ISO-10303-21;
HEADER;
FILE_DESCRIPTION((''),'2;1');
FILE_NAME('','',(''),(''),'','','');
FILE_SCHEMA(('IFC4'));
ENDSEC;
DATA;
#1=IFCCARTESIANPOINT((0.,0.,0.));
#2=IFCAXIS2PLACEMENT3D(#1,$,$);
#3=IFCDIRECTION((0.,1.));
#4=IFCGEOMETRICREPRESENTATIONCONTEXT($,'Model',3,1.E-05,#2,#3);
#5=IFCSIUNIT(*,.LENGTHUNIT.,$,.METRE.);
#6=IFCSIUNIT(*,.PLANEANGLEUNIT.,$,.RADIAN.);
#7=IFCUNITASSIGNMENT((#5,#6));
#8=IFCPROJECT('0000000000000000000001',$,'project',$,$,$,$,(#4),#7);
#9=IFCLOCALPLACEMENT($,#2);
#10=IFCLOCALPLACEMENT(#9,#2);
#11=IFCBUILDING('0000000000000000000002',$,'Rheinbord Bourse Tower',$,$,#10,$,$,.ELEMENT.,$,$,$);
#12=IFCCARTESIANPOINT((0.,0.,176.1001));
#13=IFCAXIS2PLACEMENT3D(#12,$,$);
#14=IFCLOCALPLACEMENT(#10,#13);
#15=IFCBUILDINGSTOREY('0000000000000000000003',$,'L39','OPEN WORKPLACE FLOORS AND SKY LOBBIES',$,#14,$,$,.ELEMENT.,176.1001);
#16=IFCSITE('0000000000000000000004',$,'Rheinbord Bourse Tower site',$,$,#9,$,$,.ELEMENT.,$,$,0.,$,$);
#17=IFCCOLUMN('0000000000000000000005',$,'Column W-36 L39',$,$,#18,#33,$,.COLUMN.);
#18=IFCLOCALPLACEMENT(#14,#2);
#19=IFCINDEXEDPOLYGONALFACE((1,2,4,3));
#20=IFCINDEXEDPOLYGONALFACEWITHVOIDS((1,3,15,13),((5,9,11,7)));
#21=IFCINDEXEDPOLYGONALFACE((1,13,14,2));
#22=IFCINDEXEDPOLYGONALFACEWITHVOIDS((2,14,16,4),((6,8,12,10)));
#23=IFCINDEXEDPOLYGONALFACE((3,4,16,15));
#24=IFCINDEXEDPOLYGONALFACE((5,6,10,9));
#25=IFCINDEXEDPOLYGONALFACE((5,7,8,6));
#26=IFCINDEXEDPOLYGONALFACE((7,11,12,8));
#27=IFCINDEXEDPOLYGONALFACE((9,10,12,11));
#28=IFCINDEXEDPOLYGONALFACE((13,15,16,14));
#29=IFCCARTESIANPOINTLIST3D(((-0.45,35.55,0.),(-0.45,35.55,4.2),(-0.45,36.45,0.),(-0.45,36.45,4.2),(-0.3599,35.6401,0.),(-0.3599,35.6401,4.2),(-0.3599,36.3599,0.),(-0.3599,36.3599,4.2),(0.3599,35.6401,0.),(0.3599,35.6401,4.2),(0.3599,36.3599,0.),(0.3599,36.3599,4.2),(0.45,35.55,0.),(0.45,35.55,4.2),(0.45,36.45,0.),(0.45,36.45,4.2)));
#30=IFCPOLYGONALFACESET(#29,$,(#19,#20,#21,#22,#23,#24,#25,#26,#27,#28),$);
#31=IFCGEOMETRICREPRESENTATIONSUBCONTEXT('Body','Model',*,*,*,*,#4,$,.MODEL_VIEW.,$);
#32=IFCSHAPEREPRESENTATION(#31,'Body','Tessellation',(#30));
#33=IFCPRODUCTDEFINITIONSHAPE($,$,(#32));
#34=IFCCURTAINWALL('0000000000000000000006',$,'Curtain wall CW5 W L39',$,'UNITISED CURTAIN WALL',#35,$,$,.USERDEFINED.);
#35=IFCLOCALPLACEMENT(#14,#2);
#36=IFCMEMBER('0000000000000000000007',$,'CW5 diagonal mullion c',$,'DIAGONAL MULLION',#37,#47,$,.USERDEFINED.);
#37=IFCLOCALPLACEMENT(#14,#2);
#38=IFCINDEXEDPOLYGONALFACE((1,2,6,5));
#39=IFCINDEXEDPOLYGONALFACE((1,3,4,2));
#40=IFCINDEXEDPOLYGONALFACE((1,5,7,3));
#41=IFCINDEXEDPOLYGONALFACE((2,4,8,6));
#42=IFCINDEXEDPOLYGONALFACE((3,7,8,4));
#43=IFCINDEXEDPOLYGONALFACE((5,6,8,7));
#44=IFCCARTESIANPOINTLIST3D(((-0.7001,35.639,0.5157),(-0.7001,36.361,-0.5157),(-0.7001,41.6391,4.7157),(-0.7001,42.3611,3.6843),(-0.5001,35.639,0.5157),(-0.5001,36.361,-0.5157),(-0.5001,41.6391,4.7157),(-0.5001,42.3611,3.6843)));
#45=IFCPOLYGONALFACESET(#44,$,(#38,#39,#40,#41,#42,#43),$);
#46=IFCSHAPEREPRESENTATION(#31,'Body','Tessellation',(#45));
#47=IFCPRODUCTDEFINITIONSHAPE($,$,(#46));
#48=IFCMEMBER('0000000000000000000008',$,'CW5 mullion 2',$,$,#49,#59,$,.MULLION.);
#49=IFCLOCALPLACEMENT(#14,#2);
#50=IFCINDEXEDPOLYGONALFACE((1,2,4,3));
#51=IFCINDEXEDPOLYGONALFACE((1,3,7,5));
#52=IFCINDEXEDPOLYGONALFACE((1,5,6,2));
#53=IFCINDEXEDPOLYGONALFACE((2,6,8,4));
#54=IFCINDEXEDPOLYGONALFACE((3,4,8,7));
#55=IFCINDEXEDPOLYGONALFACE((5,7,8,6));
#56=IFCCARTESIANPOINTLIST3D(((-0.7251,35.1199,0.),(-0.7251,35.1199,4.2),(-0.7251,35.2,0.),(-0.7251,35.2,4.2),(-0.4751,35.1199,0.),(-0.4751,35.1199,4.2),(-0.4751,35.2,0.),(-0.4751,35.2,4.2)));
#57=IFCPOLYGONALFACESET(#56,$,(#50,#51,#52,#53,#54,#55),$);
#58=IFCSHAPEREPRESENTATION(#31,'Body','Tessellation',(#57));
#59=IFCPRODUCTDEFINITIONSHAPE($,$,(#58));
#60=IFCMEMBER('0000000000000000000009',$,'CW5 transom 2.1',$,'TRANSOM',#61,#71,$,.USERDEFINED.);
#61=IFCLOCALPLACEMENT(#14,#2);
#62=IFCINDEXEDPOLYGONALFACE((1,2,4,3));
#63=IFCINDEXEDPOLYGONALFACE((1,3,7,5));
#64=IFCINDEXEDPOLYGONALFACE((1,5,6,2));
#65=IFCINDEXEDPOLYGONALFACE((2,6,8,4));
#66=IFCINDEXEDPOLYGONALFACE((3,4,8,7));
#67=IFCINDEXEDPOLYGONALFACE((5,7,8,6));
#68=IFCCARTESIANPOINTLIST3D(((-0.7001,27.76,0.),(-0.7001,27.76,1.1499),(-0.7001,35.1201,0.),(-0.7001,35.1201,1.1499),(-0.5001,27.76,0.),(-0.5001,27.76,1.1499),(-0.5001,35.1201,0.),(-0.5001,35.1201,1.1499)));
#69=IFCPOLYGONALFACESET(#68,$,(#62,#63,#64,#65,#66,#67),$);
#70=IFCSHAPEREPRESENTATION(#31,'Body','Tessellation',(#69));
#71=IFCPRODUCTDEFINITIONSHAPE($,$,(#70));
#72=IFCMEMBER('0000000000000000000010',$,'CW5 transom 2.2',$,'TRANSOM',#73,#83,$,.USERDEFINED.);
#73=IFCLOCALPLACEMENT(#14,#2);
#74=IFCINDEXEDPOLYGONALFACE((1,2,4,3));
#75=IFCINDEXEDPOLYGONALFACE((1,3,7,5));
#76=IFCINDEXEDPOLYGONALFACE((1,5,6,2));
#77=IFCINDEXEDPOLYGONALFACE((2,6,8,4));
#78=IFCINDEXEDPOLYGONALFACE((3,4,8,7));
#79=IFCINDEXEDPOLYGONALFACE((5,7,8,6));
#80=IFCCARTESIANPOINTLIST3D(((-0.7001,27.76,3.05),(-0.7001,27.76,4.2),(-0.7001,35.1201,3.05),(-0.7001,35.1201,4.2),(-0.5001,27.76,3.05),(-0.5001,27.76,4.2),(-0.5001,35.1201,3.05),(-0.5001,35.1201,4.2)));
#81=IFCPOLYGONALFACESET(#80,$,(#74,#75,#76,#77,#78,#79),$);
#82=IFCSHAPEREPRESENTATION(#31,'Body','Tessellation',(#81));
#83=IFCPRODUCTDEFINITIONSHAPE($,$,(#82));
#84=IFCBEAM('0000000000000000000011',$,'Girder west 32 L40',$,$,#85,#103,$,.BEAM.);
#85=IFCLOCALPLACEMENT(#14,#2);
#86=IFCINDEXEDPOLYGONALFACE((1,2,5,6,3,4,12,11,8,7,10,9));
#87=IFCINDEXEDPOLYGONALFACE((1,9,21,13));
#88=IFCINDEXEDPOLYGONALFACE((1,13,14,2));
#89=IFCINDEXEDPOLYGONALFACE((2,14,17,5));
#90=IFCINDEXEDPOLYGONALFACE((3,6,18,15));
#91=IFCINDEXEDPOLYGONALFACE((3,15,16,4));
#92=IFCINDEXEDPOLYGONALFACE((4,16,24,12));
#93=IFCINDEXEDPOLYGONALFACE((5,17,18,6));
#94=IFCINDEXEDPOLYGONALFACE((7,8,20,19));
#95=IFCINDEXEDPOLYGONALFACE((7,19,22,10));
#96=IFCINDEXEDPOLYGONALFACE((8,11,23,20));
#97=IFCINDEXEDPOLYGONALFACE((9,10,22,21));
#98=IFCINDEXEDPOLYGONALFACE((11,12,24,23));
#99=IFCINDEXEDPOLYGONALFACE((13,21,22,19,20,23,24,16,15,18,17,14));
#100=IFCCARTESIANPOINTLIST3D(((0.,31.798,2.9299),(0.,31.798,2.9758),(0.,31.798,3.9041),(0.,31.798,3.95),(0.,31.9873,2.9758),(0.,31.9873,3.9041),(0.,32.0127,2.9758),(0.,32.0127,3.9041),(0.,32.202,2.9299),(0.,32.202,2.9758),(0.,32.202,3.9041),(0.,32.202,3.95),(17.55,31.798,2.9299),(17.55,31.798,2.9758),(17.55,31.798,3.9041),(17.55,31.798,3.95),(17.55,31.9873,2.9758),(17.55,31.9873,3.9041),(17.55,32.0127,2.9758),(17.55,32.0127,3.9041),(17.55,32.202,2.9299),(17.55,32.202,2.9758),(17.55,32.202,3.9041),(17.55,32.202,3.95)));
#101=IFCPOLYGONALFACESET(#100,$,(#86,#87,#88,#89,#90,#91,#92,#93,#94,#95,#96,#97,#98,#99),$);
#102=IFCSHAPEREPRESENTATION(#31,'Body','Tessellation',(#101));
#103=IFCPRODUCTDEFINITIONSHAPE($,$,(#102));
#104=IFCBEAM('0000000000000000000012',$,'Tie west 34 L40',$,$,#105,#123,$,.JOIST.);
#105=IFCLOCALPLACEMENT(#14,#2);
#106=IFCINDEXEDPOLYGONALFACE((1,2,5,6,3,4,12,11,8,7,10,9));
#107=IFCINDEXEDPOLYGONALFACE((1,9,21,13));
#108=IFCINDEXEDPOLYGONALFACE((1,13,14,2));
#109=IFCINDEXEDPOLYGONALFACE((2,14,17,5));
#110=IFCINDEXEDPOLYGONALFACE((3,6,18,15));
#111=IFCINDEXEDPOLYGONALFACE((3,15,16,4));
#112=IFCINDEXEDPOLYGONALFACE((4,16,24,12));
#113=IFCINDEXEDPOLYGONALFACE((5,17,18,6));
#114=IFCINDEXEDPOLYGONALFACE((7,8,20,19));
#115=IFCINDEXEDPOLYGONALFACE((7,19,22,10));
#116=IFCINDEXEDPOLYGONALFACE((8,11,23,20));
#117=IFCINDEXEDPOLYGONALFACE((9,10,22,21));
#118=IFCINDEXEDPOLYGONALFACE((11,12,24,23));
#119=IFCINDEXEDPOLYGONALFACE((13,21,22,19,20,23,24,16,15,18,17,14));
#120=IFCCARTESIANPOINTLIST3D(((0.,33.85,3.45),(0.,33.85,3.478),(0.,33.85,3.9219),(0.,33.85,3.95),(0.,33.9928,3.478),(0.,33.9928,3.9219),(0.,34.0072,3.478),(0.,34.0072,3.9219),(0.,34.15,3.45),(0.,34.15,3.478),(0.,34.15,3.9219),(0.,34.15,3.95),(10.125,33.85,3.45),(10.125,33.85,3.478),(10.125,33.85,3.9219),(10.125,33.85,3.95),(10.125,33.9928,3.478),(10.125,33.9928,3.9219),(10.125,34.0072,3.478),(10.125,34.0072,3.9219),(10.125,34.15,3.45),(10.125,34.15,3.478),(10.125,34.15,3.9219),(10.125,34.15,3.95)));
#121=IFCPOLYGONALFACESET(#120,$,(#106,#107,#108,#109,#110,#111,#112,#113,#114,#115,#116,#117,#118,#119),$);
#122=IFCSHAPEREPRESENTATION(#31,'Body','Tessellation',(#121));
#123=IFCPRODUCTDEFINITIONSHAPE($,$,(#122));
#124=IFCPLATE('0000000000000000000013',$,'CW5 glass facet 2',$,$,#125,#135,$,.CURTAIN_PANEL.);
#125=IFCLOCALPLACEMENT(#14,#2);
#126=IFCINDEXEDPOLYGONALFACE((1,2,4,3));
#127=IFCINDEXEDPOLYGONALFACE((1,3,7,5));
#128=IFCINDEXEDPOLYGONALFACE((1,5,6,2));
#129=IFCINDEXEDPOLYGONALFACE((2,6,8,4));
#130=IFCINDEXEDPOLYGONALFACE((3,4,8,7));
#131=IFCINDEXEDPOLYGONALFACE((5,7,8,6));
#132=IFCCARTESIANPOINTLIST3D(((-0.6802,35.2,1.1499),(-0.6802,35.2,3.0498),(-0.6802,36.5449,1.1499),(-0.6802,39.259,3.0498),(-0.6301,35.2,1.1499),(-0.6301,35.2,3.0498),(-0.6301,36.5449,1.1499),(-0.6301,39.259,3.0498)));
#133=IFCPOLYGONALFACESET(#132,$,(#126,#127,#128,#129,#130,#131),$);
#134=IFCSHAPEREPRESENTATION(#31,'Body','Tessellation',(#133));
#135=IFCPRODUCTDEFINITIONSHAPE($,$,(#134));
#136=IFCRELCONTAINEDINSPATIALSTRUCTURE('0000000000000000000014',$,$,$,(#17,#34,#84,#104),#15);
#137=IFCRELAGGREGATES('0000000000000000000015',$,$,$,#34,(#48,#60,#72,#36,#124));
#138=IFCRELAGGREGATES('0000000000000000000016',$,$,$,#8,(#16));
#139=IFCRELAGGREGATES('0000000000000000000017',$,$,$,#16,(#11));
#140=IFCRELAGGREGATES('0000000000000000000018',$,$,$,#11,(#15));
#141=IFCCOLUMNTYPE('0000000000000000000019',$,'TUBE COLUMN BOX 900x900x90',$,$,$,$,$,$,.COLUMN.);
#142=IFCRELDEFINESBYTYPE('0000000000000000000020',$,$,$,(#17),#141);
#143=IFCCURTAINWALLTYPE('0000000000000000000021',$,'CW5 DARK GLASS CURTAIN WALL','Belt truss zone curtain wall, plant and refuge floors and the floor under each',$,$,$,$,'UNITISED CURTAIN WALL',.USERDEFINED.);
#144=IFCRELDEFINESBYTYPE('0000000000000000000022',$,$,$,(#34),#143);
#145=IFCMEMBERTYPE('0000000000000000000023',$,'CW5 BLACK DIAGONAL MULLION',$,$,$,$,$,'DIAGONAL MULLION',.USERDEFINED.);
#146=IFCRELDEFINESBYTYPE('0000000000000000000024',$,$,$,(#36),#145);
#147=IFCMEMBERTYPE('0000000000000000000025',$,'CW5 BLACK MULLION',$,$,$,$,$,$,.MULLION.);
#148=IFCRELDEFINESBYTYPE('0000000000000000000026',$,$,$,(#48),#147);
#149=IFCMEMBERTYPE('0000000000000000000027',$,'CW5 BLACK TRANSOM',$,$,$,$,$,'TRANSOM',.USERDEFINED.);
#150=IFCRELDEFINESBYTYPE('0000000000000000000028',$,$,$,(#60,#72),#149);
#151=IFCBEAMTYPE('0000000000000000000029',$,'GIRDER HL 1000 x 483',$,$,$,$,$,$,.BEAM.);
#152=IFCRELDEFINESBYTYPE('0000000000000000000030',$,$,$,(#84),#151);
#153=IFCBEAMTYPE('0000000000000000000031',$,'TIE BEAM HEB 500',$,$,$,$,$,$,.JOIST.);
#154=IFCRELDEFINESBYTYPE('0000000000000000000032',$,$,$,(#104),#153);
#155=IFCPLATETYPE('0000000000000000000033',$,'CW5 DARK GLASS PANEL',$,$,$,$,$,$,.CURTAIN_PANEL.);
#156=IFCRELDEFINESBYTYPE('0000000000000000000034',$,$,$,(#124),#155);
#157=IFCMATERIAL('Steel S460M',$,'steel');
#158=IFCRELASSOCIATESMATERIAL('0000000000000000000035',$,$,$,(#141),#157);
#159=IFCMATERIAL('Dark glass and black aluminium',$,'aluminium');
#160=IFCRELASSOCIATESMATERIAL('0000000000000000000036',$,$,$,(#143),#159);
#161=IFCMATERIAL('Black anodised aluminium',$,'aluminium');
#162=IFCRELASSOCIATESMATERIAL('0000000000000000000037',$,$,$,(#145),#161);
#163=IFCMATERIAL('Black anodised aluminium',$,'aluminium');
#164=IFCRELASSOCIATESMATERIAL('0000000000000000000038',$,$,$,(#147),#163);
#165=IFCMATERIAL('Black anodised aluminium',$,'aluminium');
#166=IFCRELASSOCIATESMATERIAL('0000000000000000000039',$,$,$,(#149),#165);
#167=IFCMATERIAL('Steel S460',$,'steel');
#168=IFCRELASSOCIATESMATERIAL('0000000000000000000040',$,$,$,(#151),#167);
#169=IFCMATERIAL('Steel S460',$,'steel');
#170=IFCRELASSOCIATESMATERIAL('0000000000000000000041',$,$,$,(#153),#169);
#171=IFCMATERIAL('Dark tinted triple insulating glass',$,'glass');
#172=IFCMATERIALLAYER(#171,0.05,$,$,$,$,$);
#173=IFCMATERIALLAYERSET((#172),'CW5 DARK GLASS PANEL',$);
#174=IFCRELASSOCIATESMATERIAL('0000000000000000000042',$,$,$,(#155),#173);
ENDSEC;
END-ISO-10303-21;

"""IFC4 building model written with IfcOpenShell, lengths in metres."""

from ifc_helpers import new_model, si_unit, direction, frame, origin, origin_2d, place, context, subcontext, project, spatial, polyline, rectangle, hollow_rectangle, i_section, outline, extrude, material, layer, layer_set, material_profile, profile_set, type_object, element, aggregate, save


model = new_model("IFC4")

# Units and contexts
model_context = context("Model", 3, precision=1e-05, world=origin(), true_north=direction((0.0, 1.0)))
body_context = subcontext(model_context, "Body", "Model", "MODEL_VIEW")
ifc_project = project(units=[si_unit("LENGTHUNIT", "METRE"), si_unit("PLANEANGLEUNIT", "RADIAN")], contexts=[model_context])

# Site, building, storey
site_placement = place(None, origin())
site = spatial("IfcSite", under=ifc_project, at=site_placement, Name="Rheinbord Bourse Tower site", CompositionType="ELEMENT", RefElevation=0.0)
building_placement = place(site_placement, origin())
building = spatial("IfcBuilding", under=site, at=building_placement, Name="Rheinbord Bourse Tower", CompositionType="ELEMENT")
storey_placement = place(building_placement, frame((0.0, 0.0, 176.1001)))
storey = spatial("IfcBuildingStorey", under=building, at=storey_placement, Name="L39", Description="OPEN WORKPLACE FLOORS AND SKY LOBBIES", CompositionType="ELEMENT", Elevation=176.1001)

# Column
ifc_material_1 = material(Name="Steel S460M", Category="steel")
ifc_material_profile_1 = material_profile(ifc_material_1, hollow_rectangle(XDim=0.8999, YDim=0.8999, WallThickness=0.0901, at=origin_2d()), Name="BOX 900x900x90")
ifc_profile_set_1 = profile_set([ifc_material_profile_1], Name="Steel S460M")
column_type = type_object("IfcColumnType", Name="TUBE COLUMN BOX 900x900x90", PredefinedType="COLUMN", material=ifc_profile_set_1)
column_placement = place(storey_placement, frame((0.0, 36.0, 0.0), z_axis=(0.0, 0.0, 1.0), x_axis=(1.0, 0.0, 0.0)))
element("IfcColumn", 1, at=column_placement, inside=storey, type_object=column_type, Name="Column W-36 L39", PredefinedType="COLUMN", context=body_context, shape_type="SweptSolid", body=[
    extrude(hollow_rectangle(XDim=0.8999, YDim=0.8999, WallThickness=0.0901, at=origin_2d()), origin(), (0.0, 0.0, 1.0), 4.2),
])

# Curtain wall, members
ifc_material_2 = material(Name="Dark glass and black aluminium", Category="aluminium")
curtain_wall_type = type_object("IfcCurtainWallType", Name="CW5 DARK GLASS CURTAIN WALL", Description="Belt truss zone curtain wall, plant and refuge floors and the floor under each", ElementType="UNITISED CURTAIN WALL", PredefinedType="USERDEFINED", material=ifc_material_2)
curtain_wall_placement = place(storey_placement, origin())
curtain_wall = element("IfcCurtainWall", 2, at=curtain_wall_placement, inside=storey, type_object=curtain_wall_type, Name="Curtain wall CW5 W L39", ObjectType="UNITISED CURTAIN WALL", PredefinedType="USERDEFINED")
ifc_material_3 = material(Name="Black anodised aluminium", Category="aluminium")
ifc_material_profile_2 = material_profile(ifc_material_3, rectangle(XDim=0.2, YDim=1.259, at=origin_2d()), Name="CW5 DIAGONAL MULLION 1259x200")
ifc_profile_set_2 = profile_set([ifc_material_profile_2], Name="Black anodised aluminium")
member_type_1 = type_object("IfcMemberType", Name="CW5 BLACK DIAGONAL MULLION", ElementType="DIAGONAL MULLION", PredefinedType="USERDEFINED", material=ifc_profile_set_2)
member_1_placement = place(storey_placement, frame((-0.6001, 36.0, 0.0), z_axis=(0.0, 0.819235, 0.573458), x_axis=(-1.0, 0.0, 0.0)))
member_1 = element("IfcMember", 3, at=member_1_placement, type_object=member_type_1, Name="CW5 diagonal mullion c", ObjectType="DIAGONAL MULLION", PredefinedType="USERDEFINED", context=body_context, shape_type="SweptSolid", body=[
    extrude(rectangle(XDim=0.2, YDim=1.259, at=origin_2d()), origin(), (0.0, 0.0, 1.0), 7.324),
])
ifc_material_4 = material(Name="Black anodised aluminium", Category="aluminium")
ifc_material_profile_3 = material_profile(ifc_material_4, rectangle(XDim=0.25, YDim=0.0801, at=origin_2d()), Name="CW5 MULLION 80x250")
ifc_profile_set_3 = profile_set([ifc_material_profile_3], Name="Black anodised aluminium")
member_type_2 = type_object("IfcMemberType", Name="CW5 BLACK MULLION", PredefinedType="MULLION", material=ifc_profile_set_3)
member_2_placement = place(storey_placement, frame((-0.6001, 35.1599, 0.0), z_axis=(0.0, 0.0, 1.0), x_axis=(1.0, 0.0, 0.0)))
member_2 = element("IfcMember", 4, at=member_2_placement, type_object=member_type_2, Name="CW5 mullion 2", PredefinedType="MULLION", context=body_context, shape_type="SweptSolid", body=[
    extrude(rectangle(XDim=0.25, YDim=0.0801, at=origin_2d()), origin(), (0.0, 0.0, 1.0), 4.2),
])
ifc_material_5 = material(Name="Black anodised aluminium", Category="aluminium")
ifc_material_profile_4 = material_profile(ifc_material_5, rectangle(XDim=0.2, YDim=1.1499, at=origin_2d()), Name="CW5 TRANSOM 1150x200")
ifc_profile_set_4 = profile_set([ifc_material_profile_4], Name="Black anodised aluminium")
member_type_3 = type_object("IfcMemberType", Name="CW5 BLACK TRANSOM", ElementType="TRANSOM", PredefinedType="USERDEFINED", material=ifc_profile_set_4)
member_3_placement = place(storey_placement, frame((-0.6001, 35.1201, 0.575), z_axis=(0.0, -1.0, 0.0), x_axis=(1.0, 0.0, 0.0)))
member_3 = element("IfcMember", 5, at=member_3_placement, type_object=member_type_3, Name="CW5 transom 2.1", ObjectType="TRANSOM", PredefinedType="USERDEFINED", context=body_context, shape_type="SweptSolid", body=[
    extrude(rectangle(XDim=0.2, YDim=1.1499, at=origin_2d()), origin(), (0.0, 0.0, 1.0), 7.3601),
])
member_4_placement = place(storey_placement, frame((-0.6001, 35.1201, 3.625), z_axis=(0.0, -1.0, 0.0), x_axis=(1.0, 0.0, 0.0)))
member_4 = element("IfcMember", 6, at=member_4_placement, type_object=member_type_3, Name="CW5 transom 2.2", ObjectType="TRANSOM", PredefinedType="USERDEFINED", context=body_context, shape_type="SweptSolid", body=[
    extrude(rectangle(XDim=0.2, YDim=1.1499, at=origin_2d()), origin(), (0.0, 0.0, 1.0), 7.3601),
])

# Beams
ifc_material_6 = material(Name="Steel S460", Category="steel")
ifc_material_profile_5 = material_profile(ifc_material_6, i_section(OverallWidth=0.4041, OverallDepth=1.02, WebThickness=0.0254, FlangeThickness=0.0459, at=origin_2d()), Name="HL 1000 x 483")
ifc_profile_set_5 = profile_set([ifc_material_profile_5], Name="Steel S460")
beam_type_1 = type_object("IfcBeamType", Name="GIRDER HL 1000 x 483", PredefinedType="BEAM", material=ifc_profile_set_5)
beam_1_placement = place(storey_placement, frame((0.0, 32.0, 3.4399), z_axis=(1.0, 0.0, 0.0), x_axis=(0.0, 1.0, 0.0)))
element("IfcBeam", 7, at=beam_1_placement, inside=storey, type_object=beam_type_1, Name="Girder west 32 L40", PredefinedType="BEAM", context=body_context, shape_type="SweptSolid", body=[
    extrude(i_section(OverallWidth=0.4041, OverallDepth=1.02, WebThickness=0.0254, FlangeThickness=0.0459, at=origin_2d()), origin(), (0.0, 0.0, 1.0), 17.55),
])
ifc_material_7 = material(Name="Steel S460", Category="steel")
ifc_material_profile_6 = material_profile(ifc_material_7, i_section(OverallWidth=0.3, OverallDepth=0.5, WebThickness=0.0144, FlangeThickness=0.0281, at=origin_2d()), Name="HEB 500")
ifc_profile_set_6 = profile_set([ifc_material_profile_6], Name="Steel S460")
beam_type_2 = type_object("IfcBeamType", Name="TIE BEAM HEB 500", PredefinedType="JOIST", material=ifc_profile_set_6)
beam_2_placement = place(storey_placement, frame((0.0, 34.0, 3.7), z_axis=(1.0, 0.0, 0.0), x_axis=(0.0, 1.0, 0.0)))
element("IfcBeam", 8, at=beam_2_placement, inside=storey, type_object=beam_type_2, Name="Tie west 34 L40", PredefinedType="JOIST", context=body_context, shape_type="SweptSolid", body=[
    extrude(i_section(OverallWidth=0.3, OverallDepth=0.5, WebThickness=0.0144, FlangeThickness=0.0281, at=origin_2d()), origin(), (0.0, 0.0, 1.0), 10.125),
])

# Plate
ifc_material_8 = material(Name="Dark tinted triple insulating glass", Category="glass")
ifc_layer = layer(ifc_material_8, 0.05)
ifc_layer_set = layer_set([ifc_layer], Name="CW5 DARK GLASS PANEL")
plate_type = type_object("IfcPlateType", Name="CW5 DARK GLASS PANEL", PredefinedType="CURTAIN_PANEL", material=ifc_layer_set)
plate_placement = place(storey_placement, frame((-0.6802, 35.2, 3.0498), z_axis=(1.0, 0.0, 0.0), x_axis=(0.0, 0.0, -1.0)))
plate = element("IfcPlate", 9, at=plate_placement, type_object=plate_type, Name="CW5 glass facet 2", PredefinedType="CURTAIN_PANEL", context=body_context, shape_type="SweptSolid", body=[
    extrude(outline(polyline([(0.0, 0.0), (1.8999, 0.0), (1.8999, 1.345), (0.0, 4.0591), (0.0, 0.0)])), origin(), (0.0, 0.0, 1.0), 0.05),
])
aggregate(curtain_wall, [member_2, member_3, member_4, member_1, plate])

save(model, "model.ifc")
